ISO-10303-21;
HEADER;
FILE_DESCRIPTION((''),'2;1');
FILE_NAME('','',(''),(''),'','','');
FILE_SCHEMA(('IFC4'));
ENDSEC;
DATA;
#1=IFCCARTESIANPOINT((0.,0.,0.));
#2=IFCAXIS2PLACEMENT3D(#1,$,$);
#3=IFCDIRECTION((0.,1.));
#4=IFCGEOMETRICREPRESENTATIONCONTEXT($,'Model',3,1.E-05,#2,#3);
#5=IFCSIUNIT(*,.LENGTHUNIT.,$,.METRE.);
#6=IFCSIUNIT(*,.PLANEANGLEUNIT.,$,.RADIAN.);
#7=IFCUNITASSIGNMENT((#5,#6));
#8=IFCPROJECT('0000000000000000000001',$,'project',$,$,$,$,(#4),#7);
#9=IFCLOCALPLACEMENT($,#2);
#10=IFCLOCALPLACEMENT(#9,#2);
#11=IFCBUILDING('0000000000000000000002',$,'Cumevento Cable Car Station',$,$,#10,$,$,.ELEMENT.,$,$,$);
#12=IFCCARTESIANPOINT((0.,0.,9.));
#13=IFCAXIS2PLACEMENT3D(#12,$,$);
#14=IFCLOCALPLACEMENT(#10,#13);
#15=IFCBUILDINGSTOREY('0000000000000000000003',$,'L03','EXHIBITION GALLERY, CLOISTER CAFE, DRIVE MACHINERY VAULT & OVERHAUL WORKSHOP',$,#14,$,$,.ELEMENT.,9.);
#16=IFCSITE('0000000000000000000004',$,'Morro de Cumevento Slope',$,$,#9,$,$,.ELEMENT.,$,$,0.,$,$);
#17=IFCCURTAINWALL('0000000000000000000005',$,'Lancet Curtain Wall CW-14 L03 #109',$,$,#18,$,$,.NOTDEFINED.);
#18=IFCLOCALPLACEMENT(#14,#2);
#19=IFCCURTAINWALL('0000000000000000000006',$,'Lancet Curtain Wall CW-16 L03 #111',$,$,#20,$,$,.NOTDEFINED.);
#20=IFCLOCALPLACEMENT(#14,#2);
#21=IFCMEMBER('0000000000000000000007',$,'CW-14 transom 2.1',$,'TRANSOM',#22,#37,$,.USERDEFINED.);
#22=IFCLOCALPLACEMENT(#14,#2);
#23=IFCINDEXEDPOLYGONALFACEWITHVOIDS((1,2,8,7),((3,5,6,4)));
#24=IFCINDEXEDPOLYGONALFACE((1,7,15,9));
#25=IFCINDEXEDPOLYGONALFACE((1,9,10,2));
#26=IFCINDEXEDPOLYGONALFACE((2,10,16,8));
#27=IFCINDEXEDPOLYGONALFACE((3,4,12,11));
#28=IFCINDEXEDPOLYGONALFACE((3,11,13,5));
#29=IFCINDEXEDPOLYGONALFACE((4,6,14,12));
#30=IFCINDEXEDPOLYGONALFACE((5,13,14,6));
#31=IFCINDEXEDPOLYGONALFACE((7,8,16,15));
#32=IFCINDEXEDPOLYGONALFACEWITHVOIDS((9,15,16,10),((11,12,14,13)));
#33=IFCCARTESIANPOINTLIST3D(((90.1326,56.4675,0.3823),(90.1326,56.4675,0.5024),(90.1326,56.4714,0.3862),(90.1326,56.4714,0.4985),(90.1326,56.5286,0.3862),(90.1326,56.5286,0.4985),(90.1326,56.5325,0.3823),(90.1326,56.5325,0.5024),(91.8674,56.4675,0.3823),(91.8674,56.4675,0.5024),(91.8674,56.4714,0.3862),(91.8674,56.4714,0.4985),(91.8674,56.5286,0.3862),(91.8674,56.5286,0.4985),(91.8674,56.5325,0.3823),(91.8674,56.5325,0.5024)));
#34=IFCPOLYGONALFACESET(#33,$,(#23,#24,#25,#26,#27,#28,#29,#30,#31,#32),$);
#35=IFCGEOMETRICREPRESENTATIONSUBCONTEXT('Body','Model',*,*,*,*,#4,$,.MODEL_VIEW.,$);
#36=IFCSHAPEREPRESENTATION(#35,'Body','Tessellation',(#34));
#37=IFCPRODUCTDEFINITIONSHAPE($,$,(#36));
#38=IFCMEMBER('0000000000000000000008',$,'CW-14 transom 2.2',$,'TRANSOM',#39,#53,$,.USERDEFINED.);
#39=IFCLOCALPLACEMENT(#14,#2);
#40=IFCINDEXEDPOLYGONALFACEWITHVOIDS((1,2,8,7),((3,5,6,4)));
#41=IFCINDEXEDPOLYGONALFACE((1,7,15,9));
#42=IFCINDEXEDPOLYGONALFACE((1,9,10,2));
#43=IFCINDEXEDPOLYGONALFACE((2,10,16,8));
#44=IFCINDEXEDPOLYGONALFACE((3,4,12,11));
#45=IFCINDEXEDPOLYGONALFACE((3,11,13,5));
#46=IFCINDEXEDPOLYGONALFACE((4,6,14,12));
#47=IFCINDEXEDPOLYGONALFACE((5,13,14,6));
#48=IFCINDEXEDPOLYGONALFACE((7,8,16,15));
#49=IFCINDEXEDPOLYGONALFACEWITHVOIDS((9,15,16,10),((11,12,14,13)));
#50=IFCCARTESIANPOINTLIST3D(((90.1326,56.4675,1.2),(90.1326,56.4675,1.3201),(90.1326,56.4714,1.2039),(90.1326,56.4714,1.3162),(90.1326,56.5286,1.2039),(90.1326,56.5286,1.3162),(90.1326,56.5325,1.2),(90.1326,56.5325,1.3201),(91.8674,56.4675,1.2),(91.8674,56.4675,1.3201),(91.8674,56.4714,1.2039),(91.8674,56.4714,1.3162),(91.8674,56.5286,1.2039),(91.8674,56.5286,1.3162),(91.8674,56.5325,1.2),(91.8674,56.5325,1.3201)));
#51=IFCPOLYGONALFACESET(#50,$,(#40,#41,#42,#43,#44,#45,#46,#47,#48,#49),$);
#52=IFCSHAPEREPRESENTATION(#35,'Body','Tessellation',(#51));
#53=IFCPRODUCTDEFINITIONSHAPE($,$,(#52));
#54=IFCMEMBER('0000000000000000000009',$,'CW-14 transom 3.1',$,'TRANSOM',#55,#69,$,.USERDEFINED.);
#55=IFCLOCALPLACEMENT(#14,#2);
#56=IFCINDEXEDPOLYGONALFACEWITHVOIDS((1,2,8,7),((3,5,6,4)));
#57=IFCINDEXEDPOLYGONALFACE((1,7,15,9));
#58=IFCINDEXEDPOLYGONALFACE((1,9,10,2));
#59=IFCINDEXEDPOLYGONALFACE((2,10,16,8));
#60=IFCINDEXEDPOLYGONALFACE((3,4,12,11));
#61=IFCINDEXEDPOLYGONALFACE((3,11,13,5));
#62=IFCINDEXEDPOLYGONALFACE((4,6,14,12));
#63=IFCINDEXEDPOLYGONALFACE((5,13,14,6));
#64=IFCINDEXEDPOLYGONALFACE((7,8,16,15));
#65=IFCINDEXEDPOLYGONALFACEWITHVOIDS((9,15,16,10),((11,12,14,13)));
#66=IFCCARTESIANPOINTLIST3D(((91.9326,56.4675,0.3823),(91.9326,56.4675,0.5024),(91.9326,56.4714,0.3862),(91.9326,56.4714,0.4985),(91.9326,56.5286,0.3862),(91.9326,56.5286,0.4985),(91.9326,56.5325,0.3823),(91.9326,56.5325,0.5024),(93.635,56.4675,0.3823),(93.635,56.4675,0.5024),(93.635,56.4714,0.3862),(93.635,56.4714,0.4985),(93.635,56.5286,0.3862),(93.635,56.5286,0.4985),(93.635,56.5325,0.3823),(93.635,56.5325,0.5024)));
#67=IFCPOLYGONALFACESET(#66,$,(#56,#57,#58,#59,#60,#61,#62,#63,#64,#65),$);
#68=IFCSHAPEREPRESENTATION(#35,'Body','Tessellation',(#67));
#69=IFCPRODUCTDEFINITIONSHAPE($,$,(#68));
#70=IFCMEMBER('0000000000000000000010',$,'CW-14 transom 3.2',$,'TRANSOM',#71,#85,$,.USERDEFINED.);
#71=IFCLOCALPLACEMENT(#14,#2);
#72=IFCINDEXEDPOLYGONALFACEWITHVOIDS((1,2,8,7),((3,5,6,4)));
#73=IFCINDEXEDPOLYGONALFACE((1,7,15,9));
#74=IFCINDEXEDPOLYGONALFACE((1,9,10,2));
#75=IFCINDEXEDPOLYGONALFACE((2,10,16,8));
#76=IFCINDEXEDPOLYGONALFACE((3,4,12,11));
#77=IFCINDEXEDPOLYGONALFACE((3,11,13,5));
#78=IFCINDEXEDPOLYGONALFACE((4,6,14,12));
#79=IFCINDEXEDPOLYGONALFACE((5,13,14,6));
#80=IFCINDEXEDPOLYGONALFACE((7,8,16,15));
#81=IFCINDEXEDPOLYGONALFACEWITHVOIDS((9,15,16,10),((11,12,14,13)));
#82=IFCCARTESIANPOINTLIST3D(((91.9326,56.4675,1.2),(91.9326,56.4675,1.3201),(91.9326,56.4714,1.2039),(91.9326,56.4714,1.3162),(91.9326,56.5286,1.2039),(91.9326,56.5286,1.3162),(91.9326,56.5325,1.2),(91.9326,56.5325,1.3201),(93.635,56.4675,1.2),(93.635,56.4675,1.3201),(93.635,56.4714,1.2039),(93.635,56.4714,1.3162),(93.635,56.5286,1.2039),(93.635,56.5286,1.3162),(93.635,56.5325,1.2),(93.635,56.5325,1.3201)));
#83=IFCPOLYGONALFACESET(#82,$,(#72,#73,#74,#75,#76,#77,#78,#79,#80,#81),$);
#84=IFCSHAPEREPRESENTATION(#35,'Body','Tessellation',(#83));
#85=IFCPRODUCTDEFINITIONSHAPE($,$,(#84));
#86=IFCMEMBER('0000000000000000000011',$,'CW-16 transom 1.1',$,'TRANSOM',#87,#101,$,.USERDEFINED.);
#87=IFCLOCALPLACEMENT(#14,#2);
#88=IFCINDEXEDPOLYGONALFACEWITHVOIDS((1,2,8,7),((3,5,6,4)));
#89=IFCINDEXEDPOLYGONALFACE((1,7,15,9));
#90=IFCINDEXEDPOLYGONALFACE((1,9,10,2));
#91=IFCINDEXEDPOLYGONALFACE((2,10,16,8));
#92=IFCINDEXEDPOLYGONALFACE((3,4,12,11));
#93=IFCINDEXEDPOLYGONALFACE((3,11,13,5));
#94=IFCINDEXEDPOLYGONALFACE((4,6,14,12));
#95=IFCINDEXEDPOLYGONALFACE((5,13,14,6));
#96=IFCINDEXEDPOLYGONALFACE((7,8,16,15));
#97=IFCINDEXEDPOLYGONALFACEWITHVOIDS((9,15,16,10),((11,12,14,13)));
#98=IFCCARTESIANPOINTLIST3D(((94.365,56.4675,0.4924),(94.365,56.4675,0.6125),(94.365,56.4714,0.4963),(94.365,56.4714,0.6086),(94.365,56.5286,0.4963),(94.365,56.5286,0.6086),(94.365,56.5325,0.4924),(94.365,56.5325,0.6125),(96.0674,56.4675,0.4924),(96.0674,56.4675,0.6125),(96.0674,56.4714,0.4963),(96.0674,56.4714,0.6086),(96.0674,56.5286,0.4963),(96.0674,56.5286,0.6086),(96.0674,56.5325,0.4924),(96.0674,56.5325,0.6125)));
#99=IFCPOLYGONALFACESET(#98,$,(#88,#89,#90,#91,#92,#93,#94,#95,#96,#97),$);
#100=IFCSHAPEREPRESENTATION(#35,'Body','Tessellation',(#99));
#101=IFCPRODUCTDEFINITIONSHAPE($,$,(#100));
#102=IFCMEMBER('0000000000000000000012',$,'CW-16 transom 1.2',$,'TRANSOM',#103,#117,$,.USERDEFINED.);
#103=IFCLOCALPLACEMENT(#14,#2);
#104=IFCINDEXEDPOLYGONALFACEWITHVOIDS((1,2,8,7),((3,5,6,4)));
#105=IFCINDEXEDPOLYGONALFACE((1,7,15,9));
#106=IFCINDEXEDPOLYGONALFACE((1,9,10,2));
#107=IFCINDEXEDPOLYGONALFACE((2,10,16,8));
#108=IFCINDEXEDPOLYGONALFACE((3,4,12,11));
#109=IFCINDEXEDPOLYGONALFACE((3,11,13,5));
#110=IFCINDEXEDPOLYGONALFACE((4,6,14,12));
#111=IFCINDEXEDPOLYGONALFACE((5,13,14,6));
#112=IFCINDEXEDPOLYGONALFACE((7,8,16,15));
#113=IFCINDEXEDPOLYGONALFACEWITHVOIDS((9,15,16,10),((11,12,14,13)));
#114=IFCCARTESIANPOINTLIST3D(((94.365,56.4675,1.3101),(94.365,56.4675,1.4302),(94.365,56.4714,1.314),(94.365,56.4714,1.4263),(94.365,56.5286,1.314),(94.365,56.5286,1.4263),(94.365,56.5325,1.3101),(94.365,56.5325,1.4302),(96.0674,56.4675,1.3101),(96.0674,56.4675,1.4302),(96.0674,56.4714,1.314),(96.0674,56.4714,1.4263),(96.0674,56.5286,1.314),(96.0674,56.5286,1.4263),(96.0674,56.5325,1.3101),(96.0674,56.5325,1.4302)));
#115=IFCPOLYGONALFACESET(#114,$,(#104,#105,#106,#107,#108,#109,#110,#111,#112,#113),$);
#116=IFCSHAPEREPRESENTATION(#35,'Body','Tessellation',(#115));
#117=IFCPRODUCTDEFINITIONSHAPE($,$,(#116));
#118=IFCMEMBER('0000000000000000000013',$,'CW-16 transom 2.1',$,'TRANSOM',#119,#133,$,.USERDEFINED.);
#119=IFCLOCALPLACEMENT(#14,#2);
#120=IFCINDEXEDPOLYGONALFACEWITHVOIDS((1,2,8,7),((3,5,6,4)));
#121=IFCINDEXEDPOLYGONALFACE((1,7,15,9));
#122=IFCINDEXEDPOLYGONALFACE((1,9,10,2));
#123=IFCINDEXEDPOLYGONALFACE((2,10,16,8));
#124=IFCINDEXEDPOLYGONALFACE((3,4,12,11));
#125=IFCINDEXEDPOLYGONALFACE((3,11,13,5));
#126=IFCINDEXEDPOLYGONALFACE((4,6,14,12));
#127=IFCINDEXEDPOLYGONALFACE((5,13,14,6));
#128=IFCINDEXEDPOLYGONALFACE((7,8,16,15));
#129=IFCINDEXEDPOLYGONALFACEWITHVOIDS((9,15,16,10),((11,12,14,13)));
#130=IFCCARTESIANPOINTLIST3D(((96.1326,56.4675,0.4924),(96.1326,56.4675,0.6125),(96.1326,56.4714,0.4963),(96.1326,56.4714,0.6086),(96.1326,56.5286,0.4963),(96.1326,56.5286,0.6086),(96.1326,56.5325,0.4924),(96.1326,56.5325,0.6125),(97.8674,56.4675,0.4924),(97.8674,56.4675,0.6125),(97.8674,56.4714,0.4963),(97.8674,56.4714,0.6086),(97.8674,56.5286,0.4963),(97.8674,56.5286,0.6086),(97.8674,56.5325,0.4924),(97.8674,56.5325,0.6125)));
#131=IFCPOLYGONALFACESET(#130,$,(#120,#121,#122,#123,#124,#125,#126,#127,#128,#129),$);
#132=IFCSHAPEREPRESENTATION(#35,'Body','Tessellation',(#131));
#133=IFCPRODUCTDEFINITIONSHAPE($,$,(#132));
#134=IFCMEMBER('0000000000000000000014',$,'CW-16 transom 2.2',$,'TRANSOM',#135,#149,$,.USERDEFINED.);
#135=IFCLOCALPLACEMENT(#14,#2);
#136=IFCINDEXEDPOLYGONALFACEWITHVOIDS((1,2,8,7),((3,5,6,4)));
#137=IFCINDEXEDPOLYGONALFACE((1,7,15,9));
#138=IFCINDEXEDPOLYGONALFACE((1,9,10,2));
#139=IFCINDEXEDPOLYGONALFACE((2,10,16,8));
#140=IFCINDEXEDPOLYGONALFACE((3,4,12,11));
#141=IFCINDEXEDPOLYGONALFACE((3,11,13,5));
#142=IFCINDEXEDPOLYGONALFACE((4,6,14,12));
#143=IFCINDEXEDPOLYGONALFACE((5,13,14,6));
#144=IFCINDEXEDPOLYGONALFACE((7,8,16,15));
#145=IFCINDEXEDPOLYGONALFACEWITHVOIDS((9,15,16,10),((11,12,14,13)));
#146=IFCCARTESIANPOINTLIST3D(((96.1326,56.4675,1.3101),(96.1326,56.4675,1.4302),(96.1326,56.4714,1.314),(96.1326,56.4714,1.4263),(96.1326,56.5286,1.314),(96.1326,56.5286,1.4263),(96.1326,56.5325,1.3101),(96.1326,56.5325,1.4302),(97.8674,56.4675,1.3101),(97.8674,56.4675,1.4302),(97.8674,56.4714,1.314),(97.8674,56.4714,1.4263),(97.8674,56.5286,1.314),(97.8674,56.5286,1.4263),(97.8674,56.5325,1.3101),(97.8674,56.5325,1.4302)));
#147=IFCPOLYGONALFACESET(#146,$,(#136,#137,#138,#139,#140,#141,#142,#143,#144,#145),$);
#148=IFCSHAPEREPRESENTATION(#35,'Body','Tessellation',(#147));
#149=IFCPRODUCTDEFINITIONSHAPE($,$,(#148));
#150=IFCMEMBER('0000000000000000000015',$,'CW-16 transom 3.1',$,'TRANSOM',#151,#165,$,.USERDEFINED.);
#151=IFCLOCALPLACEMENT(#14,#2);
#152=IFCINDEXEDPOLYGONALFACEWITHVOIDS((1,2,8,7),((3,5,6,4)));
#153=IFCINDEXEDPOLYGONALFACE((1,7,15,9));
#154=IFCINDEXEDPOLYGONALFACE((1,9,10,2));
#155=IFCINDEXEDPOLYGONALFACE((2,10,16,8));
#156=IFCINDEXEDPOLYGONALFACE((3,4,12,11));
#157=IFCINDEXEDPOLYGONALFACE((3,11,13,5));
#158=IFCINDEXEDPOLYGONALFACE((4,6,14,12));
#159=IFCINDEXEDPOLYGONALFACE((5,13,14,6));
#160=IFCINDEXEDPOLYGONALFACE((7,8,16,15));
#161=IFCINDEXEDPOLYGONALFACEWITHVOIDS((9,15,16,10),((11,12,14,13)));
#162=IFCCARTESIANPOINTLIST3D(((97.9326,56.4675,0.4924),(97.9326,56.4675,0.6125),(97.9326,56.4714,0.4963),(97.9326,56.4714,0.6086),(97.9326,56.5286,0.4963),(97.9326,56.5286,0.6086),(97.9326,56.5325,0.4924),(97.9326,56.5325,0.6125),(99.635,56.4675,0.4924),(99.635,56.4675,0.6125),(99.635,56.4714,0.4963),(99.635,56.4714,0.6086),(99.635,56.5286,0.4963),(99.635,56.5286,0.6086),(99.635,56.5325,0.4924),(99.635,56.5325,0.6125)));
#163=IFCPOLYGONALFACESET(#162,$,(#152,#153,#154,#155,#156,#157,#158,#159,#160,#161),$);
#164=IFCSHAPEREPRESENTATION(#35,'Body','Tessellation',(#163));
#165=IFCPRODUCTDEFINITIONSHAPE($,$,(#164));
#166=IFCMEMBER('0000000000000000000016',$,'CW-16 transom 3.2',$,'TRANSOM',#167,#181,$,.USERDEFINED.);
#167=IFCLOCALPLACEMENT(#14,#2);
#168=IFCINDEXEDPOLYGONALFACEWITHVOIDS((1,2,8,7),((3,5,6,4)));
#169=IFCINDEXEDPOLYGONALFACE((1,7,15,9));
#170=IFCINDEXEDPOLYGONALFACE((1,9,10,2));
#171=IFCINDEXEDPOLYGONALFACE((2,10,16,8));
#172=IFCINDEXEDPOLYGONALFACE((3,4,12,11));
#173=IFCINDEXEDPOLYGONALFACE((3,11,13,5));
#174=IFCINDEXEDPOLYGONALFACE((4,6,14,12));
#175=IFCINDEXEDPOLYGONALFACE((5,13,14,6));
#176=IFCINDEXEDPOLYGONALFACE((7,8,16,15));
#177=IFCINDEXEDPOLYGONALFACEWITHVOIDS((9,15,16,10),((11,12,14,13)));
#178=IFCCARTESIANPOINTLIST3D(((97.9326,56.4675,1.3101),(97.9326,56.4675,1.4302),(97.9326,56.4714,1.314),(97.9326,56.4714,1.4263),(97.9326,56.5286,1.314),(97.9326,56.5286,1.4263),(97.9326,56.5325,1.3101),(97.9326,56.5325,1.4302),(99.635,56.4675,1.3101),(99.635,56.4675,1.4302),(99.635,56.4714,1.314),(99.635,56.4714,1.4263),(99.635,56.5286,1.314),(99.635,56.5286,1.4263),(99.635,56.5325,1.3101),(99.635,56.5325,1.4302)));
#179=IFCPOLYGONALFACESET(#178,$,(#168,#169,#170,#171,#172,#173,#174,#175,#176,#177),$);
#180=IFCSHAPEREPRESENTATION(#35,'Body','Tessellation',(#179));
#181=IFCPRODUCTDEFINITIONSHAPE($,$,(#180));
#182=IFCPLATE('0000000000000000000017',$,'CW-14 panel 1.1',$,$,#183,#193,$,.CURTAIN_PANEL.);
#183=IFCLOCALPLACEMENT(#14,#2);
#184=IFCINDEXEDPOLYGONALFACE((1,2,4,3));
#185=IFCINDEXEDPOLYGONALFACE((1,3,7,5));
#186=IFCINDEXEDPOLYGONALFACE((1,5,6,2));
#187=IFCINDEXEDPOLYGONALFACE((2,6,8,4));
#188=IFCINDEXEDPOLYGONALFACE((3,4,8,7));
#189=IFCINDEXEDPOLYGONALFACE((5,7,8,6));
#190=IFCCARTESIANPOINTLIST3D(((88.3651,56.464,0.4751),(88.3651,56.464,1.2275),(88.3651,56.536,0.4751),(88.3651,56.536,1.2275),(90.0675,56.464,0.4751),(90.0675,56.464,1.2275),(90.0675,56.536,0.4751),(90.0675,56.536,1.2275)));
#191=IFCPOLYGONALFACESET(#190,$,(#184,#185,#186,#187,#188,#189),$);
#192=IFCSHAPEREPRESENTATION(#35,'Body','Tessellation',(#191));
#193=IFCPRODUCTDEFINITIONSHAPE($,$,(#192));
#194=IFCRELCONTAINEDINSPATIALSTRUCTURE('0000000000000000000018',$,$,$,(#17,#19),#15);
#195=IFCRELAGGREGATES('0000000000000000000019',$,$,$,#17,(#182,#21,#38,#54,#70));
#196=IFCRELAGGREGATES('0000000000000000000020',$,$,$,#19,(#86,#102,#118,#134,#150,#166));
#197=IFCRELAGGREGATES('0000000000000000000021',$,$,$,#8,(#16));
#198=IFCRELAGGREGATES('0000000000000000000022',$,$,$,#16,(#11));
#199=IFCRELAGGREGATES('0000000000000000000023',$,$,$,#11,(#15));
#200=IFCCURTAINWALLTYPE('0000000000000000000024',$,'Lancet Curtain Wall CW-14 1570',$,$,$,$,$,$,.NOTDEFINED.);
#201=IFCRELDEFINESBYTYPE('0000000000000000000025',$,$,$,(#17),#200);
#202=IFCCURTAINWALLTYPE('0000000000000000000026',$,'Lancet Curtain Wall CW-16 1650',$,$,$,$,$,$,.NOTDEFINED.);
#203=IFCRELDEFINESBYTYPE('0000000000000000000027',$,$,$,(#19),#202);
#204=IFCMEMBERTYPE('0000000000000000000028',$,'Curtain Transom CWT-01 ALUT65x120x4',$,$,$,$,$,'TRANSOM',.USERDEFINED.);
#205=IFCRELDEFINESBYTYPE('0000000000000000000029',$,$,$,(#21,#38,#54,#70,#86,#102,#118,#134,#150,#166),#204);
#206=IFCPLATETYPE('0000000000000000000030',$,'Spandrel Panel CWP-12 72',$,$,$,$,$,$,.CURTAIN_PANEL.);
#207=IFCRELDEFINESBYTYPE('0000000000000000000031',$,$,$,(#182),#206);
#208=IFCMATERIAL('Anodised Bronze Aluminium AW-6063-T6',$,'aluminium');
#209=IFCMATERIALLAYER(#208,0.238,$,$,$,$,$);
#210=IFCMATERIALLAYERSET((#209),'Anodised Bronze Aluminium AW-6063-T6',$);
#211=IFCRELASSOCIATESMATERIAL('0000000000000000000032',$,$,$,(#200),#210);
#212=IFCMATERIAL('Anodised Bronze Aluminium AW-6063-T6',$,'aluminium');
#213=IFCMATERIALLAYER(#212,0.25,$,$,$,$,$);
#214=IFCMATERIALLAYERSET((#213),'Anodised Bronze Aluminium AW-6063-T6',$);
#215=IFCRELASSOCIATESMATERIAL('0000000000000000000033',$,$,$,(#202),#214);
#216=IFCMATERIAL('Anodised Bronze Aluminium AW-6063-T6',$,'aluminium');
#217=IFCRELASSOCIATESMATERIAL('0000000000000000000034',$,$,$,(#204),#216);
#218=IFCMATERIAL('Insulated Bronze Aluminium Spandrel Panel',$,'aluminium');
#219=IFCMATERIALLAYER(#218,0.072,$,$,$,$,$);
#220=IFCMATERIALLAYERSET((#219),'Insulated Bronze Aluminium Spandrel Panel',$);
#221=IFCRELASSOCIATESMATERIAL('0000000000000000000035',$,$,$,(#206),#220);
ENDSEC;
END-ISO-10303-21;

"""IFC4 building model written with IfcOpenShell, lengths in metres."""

from ifc_helpers import new_model, si_unit, direction, frame, origin, origin_2d, place, context, subcontext, project, spatial, rectangle, hollow_rectangle, extrude, material, layer, layer_set, material_profile, profile_set, type_object, element, aggregate, save


model = new_model("IFC4")

# Units and contexts
model_context = context("Model", 3, precision=1e-05, world=origin(), true_north=direction((0.0, 1.0)))
body_context = subcontext(model_context, "Body", "Model", "MODEL_VIEW")
ifc_project = project(units=[si_unit("LENGTHUNIT", "METRE"), si_unit("PLANEANGLEUNIT", "RADIAN")], contexts=[model_context])

# Site, building, storey
site_placement = place(None, origin())
site = spatial("IfcSite", under=ifc_project, at=site_placement, Name="Morro de Cumevento Slope", CompositionType="ELEMENT", RefElevation=0.0)
building_placement = place(site_placement, origin())
building = spatial("IfcBuilding", under=site, at=building_placement, Name="Cumevento Cable Car Station", CompositionType="ELEMENT")
storey_placement = place(building_placement, frame((0.0, 0.0, 9.0)))
storey = spatial("IfcBuildingStorey", under=building, at=storey_placement, Name="L03", Description="EXHIBITION GALLERY, CLOISTER CAFE, DRIVE MACHINERY VAULT & OVERHAUL WORKSHOP", CompositionType="ELEMENT", Elevation=9.0)

# Curtain walls
ifc_material_1 = material(Name="Anodised Bronze Aluminium AW-6063-T6", Category="aluminium")
ifc_layer_1 = layer(ifc_material_1, 0.238)
ifc_layer_set_1 = layer_set([ifc_layer_1], Name="Anodised Bronze Aluminium AW-6063-T6")
curtain_wall_type_1 = type_object("IfcCurtainWallType", Name="Lancet Curtain Wall CW-14 1570", PredefinedType="NOTDEFINED", material=ifc_layer_set_1)
curtain_wall_1_placement = place(storey_placement, origin())
curtain_wall_1 = element("IfcCurtainWall", 1, at=curtain_wall_1_placement, inside=storey, type_object=curtain_wall_type_1, Name="Lancet Curtain Wall CW-14 L03 #109", PredefinedType="NOTDEFINED")
ifc_material_2 = material(Name="Anodised Bronze Aluminium AW-6063-T6", Category="aluminium")
ifc_layer_2 = layer(ifc_material_2, 0.25)
ifc_layer_set_2 = layer_set([ifc_layer_2], Name="Anodised Bronze Aluminium AW-6063-T6")
curtain_wall_type_2 = type_object("IfcCurtainWallType", Name="Lancet Curtain Wall CW-16 1650", PredefinedType="NOTDEFINED", material=ifc_layer_set_2)
curtain_wall_2_placement = place(storey_placement, origin())
curtain_wall_2 = element("IfcCurtainWall", 2, at=curtain_wall_2_placement, inside=storey, type_object=curtain_wall_type_2, Name="Lancet Curtain Wall CW-16 L03 #111", PredefinedType="NOTDEFINED")

# Members
ifc_material_3 = material(Name="Anodised Bronze Aluminium AW-6063-T6", Category="aluminium")
ifc_material_profile_1 = material_profile(ifc_material_3, hollow_rectangle(XDim=0.0649, YDim=0.1201, WallThickness=0.0039, at=origin_2d()), Name="ALUT65x120x4")
ifc_profile_set_1 = profile_set([ifc_material_profile_1], Name="Anodised Bronze Aluminium AW-6063-T6")
member_type_1 = type_object("IfcMemberType", Name="Curtain Transom CWT-01 ALUT65x120x4", ElementType="TRANSOM", PredefinedType="USERDEFINED", material=ifc_profile_set_1)
member_1_placement = place(storey_placement, frame((90.1326, 56.5, 0.4424), z_axis=(1.0, 0.0, 0.0), x_axis=(0.0, 1.0, 0.0)))
member_1 = element("IfcMember", 3, at=member_1_placement, type_object=member_type_1, Name="CW-14 transom 2.1", ObjectType="TRANSOM", PredefinedType="USERDEFINED", context=body_context, shape_type="SweptSolid", body=[
    extrude(hollow_rectangle(XDim=0.0649, YDim=0.1201, WallThickness=0.0039, at=origin_2d()), origin(), (0.0, 0.0, 1.0), 1.7349),
])
member_2_placement = place(storey_placement, frame((90.1326, 56.5, 1.26), z_axis=(1.0, 0.0, 0.0), x_axis=(0.0, 1.0, 0.0)))
member_2 = element("IfcMember", 4, at=member_2_placement, type_object=member_type_1, Name="CW-14 transom 2.2", ObjectType="TRANSOM", PredefinedType="USERDEFINED", context=body_context, shape_type="SweptSolid", body=[
    extrude(hollow_rectangle(XDim=0.0649, YDim=0.1201, WallThickness=0.0039, at=origin_2d()), origin(), (0.0, 0.0, 1.0), 1.7349),
])
member_3_placement = place(storey_placement, frame((91.9326, 56.5, 0.4424), z_axis=(1.0, 0.0, 0.0), x_axis=(0.0, 1.0, 0.0)))
member_3 = element("IfcMember", 5, at=member_3_placement, type_object=member_type_1, Name="CW-14 transom 3.1", ObjectType="TRANSOM", PredefinedType="USERDEFINED", context=body_context, shape_type="SweptSolid", body=[
    extrude(hollow_rectangle(XDim=0.0649, YDim=0.1201, WallThickness=0.0039, at=origin_2d()), origin(), (0.0, 0.0, 1.0), 1.7024),
])
member_4_placement = place(storey_placement, frame((91.9326, 56.5, 1.26), z_axis=(1.0, 0.0, 0.0), x_axis=(0.0, 1.0, 0.0)))
member_4 = element("IfcMember", 6, at=member_4_placement, type_object=member_type_1, Name="CW-14 transom 3.2", ObjectType="TRANSOM", PredefinedType="USERDEFINED", context=body_context, shape_type="SweptSolid", body=[
    extrude(hollow_rectangle(XDim=0.0649, YDim=0.1201, WallThickness=0.0039, at=origin_2d()), origin(), (0.0, 0.0, 1.0), 1.7024),
])
member_5_placement = place(storey_placement, frame((94.365, 56.5, 0.5525), z_axis=(1.0, 0.0, 0.0), x_axis=(0.0, 1.0, 0.0)))
member_5 = element("IfcMember", 7, at=member_5_placement, type_object=member_type_1, Name="CW-16 transom 1.1", ObjectType="TRANSOM", PredefinedType="USERDEFINED", context=body_context, shape_type="SweptSolid", body=[
    extrude(hollow_rectangle(XDim=0.0649, YDim=0.1201, WallThickness=0.0039, at=origin_2d()), origin(), (0.0, 0.0, 1.0), 1.7024),
])
member_6_placement = place(storey_placement, frame((94.365, 56.5, 1.3701), z_axis=(1.0, 0.0, 0.0), x_axis=(0.0, 1.0, 0.0)))
member_6 = element("IfcMember", 8, at=member_6_placement, type_object=member_type_1, Name="CW-16 transom 1.2", ObjectType="TRANSOM", PredefinedType="USERDEFINED", context=body_context, shape_type="SweptSolid", body=[
    extrude(hollow_rectangle(XDim=0.0649, YDim=0.1201, WallThickness=0.0039, at=origin_2d()), origin(), (0.0, 0.0, 1.0), 1.7024),
])
member_7_placement = place(storey_placement, frame((96.1326, 56.5, 0.5525), z_axis=(1.0, 0.0, 0.0), x_axis=(0.0, 1.0, 0.0)))
member_7 = element("IfcMember", 9, at=member_7_placement, type_object=member_type_1, Name="CW-16 transom 2.1", ObjectType="TRANSOM", PredefinedType="USERDEFINED", context=body_context, shape_type="SweptSolid", body=[
    extrude(hollow_rectangle(XDim=0.0649, YDim=0.1201, WallThickness=0.0039, at=origin_2d()), origin(), (0.0, 0.0, 1.0), 1.7349),
])
member_8_placement = place(storey_placement, frame((96.1326, 56.5, 1.3701), z_axis=(1.0, 0.0, 0.0), x_axis=(0.0, 1.0, 0.0)))
member_8 = element("IfcMember", 10, at=member_8_placement, type_object=member_type_1, Name="CW-16 transom 2.2", ObjectType="TRANSOM", PredefinedType="USERDEFINED", context=body_context, shape_type="SweptSolid", body=[
    extrude(hollow_rectangle(XDim=0.0649, YDim=0.1201, WallThickness=0.0039, at=origin_2d()), origin(), (0.0, 0.0, 1.0), 1.7349),
])
member_9_placement = place(storey_placement, frame((97.9326, 56.5, 0.5525), z_axis=(1.0, 0.0, 0.0), x_axis=(0.0, 1.0, 0.0)))
member_9 = element("IfcMember", 11, at=member_9_placement, type_object=member_type_1, Name="CW-16 transom 3.1", ObjectType="TRANSOM", PredefinedType="USERDEFINED", context=body_context, shape_type="SweptSolid", body=[
    extrude(hollow_rectangle(XDim=0.0649, YDim=0.1201, WallThickness=0.0039, at=origin_2d()), origin(), (0.0, 0.0, 1.0), 1.7024),
])
member_10_placement = place(storey_placement, frame((97.9326, 56.5, 1.3701), z_axis=(1.0, 0.0, 0.0), x_axis=(0.0, 1.0, 0.0)))
member_10 = element("IfcMember", 12, at=member_10_placement, type_object=member_type_1, Name="CW-16 transom 3.2", ObjectType="TRANSOM", PredefinedType="USERDEFINED", context=body_context, shape_type="SweptSolid", body=[
    extrude(hollow_rectangle(XDim=0.0649, YDim=0.1201, WallThickness=0.0039, at=origin_2d()), origin(), (0.0, 0.0, 1.0), 1.7024),
])

# Plate
ifc_material_4 = material(Name="Insulated Bronze Aluminium Spandrel Panel", Category="aluminium")
ifc_layer_3 = layer(ifc_material_4, 0.072)
ifc_layer_set_3 = layer_set([ifc_layer_3], Name="Insulated Bronze Aluminium Spandrel Panel")
plate_type_1 = type_object("IfcPlateType", Name="Spandrel Panel CWP-12 72", PredefinedType="CURTAIN_PANEL", material=ifc_layer_set_3)
plate_1_placement = place(storey_placement, frame((89.2163, 56.5, 0.4751), z_axis=(0.0, 0.0, 1.0), x_axis=(1.0, 0.0, 0.0)))
plate_1 = element("IfcPlate", 13, at=plate_1_placement, type_object=plate_type_1, Name="CW-14 panel 1.1", PredefinedType="CURTAIN_PANEL", context=body_context, shape_type="SweptSolid", body=[
    extrude(rectangle(XDim=1.7024, YDim=0.072, at=origin_2d()), origin(), (0.0, 0.0, 1.0), 0.7524),
])
aggregate(curtain_wall_1, [plate_1, member_1, member_2, member_3, member_4])
aggregate(curtain_wall_2, [member_5, member_6, member_7, member_8, member_9, member_10])

save(model, "model.ifc")
